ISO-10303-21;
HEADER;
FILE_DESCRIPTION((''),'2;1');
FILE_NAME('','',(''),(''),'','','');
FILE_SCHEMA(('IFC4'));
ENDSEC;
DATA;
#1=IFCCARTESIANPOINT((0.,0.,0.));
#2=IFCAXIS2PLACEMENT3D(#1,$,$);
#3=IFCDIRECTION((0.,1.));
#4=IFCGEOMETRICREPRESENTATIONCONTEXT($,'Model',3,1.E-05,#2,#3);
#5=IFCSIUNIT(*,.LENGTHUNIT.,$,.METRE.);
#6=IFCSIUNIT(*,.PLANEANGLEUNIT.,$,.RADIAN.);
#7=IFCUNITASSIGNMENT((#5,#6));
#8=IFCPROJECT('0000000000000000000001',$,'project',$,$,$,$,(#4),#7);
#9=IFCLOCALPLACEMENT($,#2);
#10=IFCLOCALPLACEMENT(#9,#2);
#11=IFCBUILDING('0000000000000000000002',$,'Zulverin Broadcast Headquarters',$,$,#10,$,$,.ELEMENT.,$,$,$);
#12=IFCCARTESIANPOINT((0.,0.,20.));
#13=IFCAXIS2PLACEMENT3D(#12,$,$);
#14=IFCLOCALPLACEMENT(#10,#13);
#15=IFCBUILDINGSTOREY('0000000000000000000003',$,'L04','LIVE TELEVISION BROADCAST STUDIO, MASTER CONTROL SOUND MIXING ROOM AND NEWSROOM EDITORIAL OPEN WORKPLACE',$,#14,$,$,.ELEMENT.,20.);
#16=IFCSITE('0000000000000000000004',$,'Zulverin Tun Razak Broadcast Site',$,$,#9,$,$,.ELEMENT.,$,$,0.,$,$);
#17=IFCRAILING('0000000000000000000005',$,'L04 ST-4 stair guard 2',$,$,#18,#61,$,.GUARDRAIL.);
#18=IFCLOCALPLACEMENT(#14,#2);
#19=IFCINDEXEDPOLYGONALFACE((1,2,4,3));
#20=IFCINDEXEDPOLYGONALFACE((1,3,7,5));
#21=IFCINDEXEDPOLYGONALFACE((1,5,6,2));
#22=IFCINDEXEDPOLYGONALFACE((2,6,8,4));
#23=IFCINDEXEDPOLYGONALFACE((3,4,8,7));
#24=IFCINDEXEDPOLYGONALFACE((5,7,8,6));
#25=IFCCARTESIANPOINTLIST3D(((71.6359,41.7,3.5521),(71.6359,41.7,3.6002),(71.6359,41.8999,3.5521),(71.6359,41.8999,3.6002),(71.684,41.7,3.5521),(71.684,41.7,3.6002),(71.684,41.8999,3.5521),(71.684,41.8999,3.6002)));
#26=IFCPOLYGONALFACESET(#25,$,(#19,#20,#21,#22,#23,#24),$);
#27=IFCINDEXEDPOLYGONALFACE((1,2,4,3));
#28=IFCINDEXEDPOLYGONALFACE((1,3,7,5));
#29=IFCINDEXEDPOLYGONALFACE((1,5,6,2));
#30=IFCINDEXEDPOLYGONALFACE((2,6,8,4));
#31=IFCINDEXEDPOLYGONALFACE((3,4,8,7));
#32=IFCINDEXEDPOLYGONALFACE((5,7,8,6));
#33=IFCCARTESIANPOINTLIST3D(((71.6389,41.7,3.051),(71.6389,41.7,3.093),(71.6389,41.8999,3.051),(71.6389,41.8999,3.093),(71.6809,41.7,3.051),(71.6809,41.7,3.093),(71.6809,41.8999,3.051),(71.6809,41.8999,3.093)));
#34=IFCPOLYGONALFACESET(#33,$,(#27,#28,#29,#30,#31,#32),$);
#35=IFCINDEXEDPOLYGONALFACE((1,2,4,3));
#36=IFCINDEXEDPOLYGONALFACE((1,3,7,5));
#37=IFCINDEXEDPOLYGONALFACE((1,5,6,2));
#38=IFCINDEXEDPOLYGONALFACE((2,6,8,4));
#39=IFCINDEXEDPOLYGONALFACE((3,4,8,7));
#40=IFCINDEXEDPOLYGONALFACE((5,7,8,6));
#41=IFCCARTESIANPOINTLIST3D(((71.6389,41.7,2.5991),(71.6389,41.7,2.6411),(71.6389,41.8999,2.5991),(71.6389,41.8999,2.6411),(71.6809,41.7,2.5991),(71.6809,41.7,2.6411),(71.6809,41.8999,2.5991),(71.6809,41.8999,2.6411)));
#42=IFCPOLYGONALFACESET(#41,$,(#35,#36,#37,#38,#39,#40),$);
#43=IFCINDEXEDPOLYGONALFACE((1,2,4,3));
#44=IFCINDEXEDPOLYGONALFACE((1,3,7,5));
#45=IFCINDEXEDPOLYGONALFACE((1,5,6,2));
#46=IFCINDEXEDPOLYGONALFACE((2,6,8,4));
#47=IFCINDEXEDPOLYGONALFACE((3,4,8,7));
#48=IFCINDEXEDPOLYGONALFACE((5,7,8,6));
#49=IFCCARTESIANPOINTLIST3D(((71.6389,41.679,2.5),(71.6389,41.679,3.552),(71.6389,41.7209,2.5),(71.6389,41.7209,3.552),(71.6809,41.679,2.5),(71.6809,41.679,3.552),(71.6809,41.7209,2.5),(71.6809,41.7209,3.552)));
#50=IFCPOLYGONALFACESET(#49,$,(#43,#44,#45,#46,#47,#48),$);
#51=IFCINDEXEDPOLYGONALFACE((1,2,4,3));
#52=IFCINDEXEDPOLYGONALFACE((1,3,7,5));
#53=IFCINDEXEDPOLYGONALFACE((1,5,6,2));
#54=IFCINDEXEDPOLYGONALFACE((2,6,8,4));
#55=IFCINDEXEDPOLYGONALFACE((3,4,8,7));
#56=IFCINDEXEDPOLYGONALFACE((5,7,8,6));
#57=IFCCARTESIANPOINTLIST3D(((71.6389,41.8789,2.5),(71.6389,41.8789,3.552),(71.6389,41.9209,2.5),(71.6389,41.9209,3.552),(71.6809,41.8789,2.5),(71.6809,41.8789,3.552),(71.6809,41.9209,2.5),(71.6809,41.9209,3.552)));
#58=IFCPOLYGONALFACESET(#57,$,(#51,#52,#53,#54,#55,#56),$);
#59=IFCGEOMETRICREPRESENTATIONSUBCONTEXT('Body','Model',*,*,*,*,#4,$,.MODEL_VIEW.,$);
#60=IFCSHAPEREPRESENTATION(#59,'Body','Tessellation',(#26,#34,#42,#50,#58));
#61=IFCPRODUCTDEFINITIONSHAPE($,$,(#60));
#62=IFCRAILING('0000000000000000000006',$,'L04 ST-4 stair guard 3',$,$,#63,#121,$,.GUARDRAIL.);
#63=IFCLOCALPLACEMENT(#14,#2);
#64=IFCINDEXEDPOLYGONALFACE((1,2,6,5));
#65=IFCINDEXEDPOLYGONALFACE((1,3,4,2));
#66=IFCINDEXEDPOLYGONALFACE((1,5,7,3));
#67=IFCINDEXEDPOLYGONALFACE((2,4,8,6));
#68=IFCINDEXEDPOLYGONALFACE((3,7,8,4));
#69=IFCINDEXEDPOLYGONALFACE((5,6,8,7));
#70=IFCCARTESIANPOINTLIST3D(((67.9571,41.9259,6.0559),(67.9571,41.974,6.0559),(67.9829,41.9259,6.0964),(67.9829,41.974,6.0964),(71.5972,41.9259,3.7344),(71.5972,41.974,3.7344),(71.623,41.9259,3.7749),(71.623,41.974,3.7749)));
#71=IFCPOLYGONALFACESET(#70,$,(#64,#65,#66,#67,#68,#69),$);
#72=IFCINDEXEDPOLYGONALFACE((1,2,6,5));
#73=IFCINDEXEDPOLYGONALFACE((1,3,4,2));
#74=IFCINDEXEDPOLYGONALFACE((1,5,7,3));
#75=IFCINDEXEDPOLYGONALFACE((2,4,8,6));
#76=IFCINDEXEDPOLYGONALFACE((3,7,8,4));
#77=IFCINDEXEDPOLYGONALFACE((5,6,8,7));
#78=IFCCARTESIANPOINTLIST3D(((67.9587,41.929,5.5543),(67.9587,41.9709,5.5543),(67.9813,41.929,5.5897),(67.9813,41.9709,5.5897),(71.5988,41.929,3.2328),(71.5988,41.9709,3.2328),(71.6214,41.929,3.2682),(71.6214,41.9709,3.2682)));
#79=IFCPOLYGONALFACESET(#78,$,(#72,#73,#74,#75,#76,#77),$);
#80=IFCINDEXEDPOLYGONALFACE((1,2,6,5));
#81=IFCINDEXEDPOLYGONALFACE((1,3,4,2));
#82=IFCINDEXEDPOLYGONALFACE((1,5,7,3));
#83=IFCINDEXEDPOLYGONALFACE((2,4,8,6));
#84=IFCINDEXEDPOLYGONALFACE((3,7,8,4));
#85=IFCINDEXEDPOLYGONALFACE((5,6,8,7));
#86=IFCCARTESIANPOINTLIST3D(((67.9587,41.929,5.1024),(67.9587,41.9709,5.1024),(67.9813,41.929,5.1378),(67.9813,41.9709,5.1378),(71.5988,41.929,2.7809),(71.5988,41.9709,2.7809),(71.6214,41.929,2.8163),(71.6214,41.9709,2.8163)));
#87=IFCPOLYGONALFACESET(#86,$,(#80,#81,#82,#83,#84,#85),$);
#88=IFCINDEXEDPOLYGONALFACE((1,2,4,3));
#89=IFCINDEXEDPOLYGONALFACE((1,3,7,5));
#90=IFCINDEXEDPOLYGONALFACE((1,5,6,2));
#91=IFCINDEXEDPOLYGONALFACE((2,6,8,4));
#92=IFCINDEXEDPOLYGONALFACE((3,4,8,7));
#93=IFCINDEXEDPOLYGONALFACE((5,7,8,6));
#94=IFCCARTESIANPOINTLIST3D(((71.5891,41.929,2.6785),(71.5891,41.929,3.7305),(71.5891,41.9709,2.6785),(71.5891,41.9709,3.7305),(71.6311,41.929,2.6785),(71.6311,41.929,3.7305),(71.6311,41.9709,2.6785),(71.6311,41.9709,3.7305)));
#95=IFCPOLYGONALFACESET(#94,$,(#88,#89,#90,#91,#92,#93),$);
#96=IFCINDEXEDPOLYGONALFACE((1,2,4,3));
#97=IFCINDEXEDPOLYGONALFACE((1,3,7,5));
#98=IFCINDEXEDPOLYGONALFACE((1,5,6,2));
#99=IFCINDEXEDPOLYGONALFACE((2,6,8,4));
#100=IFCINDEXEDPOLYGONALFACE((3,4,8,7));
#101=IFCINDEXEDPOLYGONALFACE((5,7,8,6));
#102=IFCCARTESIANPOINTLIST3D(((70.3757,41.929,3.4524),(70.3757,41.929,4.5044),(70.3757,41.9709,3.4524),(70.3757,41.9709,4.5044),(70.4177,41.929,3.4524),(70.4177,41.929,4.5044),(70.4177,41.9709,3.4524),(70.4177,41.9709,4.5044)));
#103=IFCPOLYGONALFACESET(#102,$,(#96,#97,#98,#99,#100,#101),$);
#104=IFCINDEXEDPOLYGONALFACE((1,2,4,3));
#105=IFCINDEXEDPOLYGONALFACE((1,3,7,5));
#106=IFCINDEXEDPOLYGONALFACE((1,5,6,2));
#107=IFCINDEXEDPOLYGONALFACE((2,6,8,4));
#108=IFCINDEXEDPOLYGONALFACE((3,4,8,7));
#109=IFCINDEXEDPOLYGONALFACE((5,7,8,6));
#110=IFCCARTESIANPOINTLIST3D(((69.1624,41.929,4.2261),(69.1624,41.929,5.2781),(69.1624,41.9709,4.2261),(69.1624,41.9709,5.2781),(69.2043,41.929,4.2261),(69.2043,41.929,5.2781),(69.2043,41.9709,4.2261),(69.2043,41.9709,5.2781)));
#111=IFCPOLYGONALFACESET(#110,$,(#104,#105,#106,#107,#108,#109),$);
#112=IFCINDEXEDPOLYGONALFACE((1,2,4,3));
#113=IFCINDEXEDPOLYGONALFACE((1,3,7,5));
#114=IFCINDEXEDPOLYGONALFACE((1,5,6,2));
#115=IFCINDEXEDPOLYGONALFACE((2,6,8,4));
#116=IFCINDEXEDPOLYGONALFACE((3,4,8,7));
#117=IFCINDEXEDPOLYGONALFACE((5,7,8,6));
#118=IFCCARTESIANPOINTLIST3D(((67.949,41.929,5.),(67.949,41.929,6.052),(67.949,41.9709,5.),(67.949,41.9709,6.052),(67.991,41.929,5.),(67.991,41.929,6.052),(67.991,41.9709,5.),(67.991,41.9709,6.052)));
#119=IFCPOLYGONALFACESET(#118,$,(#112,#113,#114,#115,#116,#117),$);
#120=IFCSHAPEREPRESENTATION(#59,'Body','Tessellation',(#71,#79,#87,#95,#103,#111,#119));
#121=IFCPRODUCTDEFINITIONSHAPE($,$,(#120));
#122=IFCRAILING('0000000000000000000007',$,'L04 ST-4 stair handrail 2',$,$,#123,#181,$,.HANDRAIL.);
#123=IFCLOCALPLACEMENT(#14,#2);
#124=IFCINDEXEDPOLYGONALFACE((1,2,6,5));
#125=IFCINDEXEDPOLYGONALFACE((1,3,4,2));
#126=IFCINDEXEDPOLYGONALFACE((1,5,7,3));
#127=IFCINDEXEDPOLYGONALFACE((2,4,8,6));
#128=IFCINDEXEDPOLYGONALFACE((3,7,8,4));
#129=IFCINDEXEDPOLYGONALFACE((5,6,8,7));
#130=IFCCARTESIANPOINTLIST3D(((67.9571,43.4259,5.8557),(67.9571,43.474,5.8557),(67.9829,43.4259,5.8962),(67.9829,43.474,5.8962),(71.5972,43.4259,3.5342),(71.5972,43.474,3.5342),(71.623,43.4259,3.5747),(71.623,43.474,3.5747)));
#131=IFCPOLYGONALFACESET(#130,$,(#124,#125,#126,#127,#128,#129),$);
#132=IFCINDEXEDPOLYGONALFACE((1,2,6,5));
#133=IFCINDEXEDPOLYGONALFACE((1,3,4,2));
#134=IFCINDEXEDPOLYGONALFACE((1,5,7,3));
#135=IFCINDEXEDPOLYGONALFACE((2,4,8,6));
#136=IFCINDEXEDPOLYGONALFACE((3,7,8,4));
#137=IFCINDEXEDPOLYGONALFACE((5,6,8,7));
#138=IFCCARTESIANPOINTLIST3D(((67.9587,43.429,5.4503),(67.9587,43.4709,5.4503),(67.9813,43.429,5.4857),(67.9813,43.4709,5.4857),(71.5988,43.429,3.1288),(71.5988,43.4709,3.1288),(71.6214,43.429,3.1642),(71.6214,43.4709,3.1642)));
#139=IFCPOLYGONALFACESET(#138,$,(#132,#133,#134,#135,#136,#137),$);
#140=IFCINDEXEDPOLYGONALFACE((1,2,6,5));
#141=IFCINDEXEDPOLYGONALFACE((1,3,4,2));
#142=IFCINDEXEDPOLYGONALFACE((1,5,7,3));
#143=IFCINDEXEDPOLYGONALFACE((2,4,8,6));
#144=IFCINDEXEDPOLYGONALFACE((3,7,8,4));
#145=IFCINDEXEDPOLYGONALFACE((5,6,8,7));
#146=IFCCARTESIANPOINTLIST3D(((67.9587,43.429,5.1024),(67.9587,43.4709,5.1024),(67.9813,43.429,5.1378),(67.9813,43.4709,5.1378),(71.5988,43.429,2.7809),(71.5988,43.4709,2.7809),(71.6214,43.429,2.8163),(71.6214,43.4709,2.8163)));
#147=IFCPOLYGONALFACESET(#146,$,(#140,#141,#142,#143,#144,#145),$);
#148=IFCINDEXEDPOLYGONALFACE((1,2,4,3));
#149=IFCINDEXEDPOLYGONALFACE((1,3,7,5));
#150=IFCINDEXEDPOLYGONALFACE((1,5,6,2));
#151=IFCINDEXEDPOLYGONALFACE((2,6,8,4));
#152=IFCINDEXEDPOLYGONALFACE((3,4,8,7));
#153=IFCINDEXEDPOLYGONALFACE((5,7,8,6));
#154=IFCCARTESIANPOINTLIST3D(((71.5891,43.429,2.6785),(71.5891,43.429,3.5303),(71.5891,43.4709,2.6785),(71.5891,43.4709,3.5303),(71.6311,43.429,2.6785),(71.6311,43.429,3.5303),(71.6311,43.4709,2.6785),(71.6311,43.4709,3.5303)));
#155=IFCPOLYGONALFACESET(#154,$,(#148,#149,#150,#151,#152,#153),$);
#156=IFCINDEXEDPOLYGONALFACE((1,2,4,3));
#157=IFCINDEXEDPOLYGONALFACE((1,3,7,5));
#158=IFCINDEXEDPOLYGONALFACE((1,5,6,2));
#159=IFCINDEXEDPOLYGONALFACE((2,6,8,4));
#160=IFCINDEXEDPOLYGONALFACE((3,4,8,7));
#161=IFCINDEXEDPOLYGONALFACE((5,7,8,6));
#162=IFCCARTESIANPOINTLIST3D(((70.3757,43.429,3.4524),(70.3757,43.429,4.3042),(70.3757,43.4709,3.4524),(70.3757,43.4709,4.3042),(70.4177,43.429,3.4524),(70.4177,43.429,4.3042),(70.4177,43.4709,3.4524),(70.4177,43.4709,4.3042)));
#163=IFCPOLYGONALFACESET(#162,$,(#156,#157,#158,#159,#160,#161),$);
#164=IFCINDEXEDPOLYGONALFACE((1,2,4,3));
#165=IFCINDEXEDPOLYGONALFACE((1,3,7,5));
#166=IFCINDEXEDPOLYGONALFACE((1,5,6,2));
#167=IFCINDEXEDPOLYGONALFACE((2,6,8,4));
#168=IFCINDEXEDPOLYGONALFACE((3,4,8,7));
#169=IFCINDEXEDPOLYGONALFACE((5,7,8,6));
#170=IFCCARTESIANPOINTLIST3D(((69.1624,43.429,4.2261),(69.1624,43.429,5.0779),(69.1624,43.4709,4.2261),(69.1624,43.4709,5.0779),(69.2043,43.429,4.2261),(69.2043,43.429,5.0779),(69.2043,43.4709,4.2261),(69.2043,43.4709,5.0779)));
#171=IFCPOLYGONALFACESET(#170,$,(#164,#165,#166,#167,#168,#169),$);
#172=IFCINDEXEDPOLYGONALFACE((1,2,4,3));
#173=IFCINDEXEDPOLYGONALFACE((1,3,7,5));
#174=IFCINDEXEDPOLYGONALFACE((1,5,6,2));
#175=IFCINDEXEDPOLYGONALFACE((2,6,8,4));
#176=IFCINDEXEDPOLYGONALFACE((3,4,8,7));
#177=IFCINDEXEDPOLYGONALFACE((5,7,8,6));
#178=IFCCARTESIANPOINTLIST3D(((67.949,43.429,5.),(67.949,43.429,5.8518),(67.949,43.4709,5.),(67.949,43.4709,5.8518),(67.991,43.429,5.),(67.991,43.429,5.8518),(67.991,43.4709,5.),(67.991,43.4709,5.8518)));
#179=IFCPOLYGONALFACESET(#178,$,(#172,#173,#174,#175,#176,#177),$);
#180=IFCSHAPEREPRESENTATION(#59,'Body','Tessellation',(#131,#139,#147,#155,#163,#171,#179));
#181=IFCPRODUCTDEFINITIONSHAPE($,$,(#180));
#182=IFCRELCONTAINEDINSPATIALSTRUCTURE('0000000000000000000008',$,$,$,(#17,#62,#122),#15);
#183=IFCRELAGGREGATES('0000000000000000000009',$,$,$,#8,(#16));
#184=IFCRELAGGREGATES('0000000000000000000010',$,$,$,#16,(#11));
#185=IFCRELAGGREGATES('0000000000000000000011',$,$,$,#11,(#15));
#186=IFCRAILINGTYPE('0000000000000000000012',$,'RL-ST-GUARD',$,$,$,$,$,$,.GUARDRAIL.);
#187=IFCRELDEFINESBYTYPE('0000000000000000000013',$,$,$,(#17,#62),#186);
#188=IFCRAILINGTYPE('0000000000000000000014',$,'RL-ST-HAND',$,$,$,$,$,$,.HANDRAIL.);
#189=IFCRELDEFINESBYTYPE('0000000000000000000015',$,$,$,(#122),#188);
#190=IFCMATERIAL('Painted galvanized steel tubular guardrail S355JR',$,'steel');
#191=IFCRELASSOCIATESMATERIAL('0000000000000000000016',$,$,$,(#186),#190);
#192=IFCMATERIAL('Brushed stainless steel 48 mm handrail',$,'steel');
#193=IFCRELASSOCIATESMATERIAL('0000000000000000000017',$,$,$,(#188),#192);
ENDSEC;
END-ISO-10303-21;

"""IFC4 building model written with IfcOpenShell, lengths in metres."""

from ifc_helpers import new_model, si_unit, direction, frame, origin, origin_2d, place, context, subcontext, project, spatial, rectangle, extrude, material, type_object, element, save


model = new_model("IFC4")

# Units and contexts
model_context = context("Model", 3, precision=1e-05, world=origin(), true_north=direction((0.0, 1.0)))
body_context = subcontext(model_context, "Body", "Model", "MODEL_VIEW")
ifc_project = project(units=[si_unit("LENGTHUNIT", "METRE"), si_unit("PLANEANGLEUNIT", "RADIAN")], contexts=[model_context])

# Site, building, storey
site_placement = place(None, origin())
site = spatial("IfcSite", under=ifc_project, at=site_placement, Name="Zulverin Tun Razak Broadcast Site", CompositionType="ELEMENT", RefElevation=0.0)
building_placement = place(site_placement, origin())
building = spatial("IfcBuilding", under=site, at=building_placement, Name="Zulverin Broadcast Headquarters", CompositionType="ELEMENT")
storey_placement = place(building_placement, frame((0.0, 0.0, 20.0)))
storey = spatial("IfcBuildingStorey", under=building, at=storey_placement, Name="L04", Description="LIVE TELEVISION BROADCAST STUDIO, MASTER CONTROL SOUND MIXING ROOM AND NEWSROOM EDITORIAL OPEN WORKPLACE", CompositionType="ELEMENT", Elevation=20.0)

# Railings
ifc_material_1 = material(Name="Painted galvanized steel tubular guardrail S355JR", Category="steel")
railing_type_1 = type_object("IfcRailingType", Name="RL-ST-GUARD", PredefinedType="GUARDRAIL", material=ifc_material_1)
railing_1_placement = place(storey_placement, frame((71.6599, 41.7, 2.5)))
element("IfcRailing", 1, at=railing_1_placement, inside=storey, type_object=railing_type_1, Name="L04 ST-4 stair guard 2", PredefinedType="GUARDRAIL", context=body_context, shape_type="SweptSolid", body=[
    extrude(rectangle(XDim=0.0481, YDim=0.0481, at=origin_2d()), frame((0.0, 0.0, 1.0762), z_axis=(0.0, 1.0, 0.0), x_axis=(-1.0, 0.0, 0.0)), (0.0, 0.0, 1.0), 0.2),
    extrude(rectangle(XDim=0.042, YDim=0.042, at=origin_2d()), frame((0.0, 0.0, 0.572), z_axis=(0.0, 1.0, 0.0), x_axis=(-1.0, 0.0, 0.0)), (0.0, 0.0, 1.0), 0.2),
    extrude(rectangle(XDim=0.042, YDim=0.042, at=origin_2d()), frame((0.0, 0.0, 0.1201), z_axis=(0.0, 1.0, 0.0), x_axis=(-1.0, 0.0, 0.0)), (0.0, 0.0, 1.0), 0.2),
    extrude(rectangle(XDim=0.042, YDim=0.042, at=origin_2d()), origin(), (0.0, 0.0, 1.0), 1.052),
    extrude(rectangle(XDim=0.042, YDim=0.042, at=origin_2d()), frame((0.0, 0.2, 0.0)), (0.0, 0.0, 1.0), 1.052),
])
railing_2_placement = place(storey_placement, frame((71.6101, 41.95, 2.6785)))
element("IfcRailing", 2, at=railing_2_placement, inside=storey, type_object=railing_type_1, Name="L04 ST-4 stair guard 3", PredefinedType="GUARDRAIL", context=body_context, shape_type="SweptSolid", body=[
    extrude(rectangle(XDim=0.0481, YDim=0.0481, at=origin_2d()), frame((0.0, 0.0, 1.0762), z_axis=(-0.843128, 0.0, 0.537713), x_axis=(0.0, -1.0, 0.0)), (0.0, 0.0, 1.0), 4.3174),
    extrude(rectangle(XDim=0.042, YDim=0.042, at=origin_2d()), frame((0.0, 0.0, 0.572), z_axis=(-0.843128, 0.0, 0.537713), x_axis=(0.0, -1.0, 0.0)), (0.0, 0.0, 1.0), 4.3174),
    extrude(rectangle(XDim=0.042, YDim=0.042, at=origin_2d()), frame((0.0, 0.0, 0.1201), z_axis=(-0.843128, 0.0, 0.537713), x_axis=(0.0, -1.0, 0.0)), (0.0, 0.0, 1.0), 4.3174),
    extrude(rectangle(XDim=0.042, YDim=0.042, at=origin_2d()), origin(), (0.0, 0.0, 1.0), 1.052),
    extrude(rectangle(XDim=0.042, YDim=0.042, at=origin_2d()), frame((-1.2134, 0.0, 0.7739)), (0.0, 0.0, 1.0), 1.052),
    extrude(rectangle(XDim=0.042, YDim=0.042, at=origin_2d()), frame((-2.4268, 0.0, 1.5476)), (0.0, 0.0, 1.0), 1.052),
    extrude(rectangle(XDim=0.042, YDim=0.042, at=origin_2d()), frame((-3.6401, 0.0, 2.3215)), (0.0, 0.0, 1.0), 1.052),
])
ifc_material_2 = material(Name="Brushed stainless steel 48 mm handrail", Category="steel")
railing_type_2 = type_object("IfcRailingType", Name="RL-ST-HAND", PredefinedType="HANDRAIL", material=ifc_material_2)
railing_3_placement = place(storey_placement, frame((71.6101, 43.45, 2.6785)))
element("IfcRailing", 3, at=railing_3_placement, inside=storey, type_object=railing_type_2, Name="L04 ST-4 stair handrail 2", PredefinedType="HANDRAIL", context=body_context, shape_type="SweptSolid", body=[
    extrude(rectangle(XDim=0.0481, YDim=0.0481, at=origin_2d()), frame((0.0, 0.0, 0.876), z_axis=(-0.843128, 0.0, 0.537713), x_axis=(0.0, -1.0, 0.0)), (0.0, 0.0, 1.0), 4.3174),
    extrude(rectangle(XDim=0.042, YDim=0.042, at=origin_2d()), frame((0.0, 0.0, 0.468), z_axis=(-0.843128, 0.0, 0.537713), x_axis=(0.0, -1.0, 0.0)), (0.0, 0.0, 1.0), 4.3174),
    extrude(rectangle(XDim=0.042, YDim=0.042, at=origin_2d()), frame((0.0, 0.0, 0.1201), z_axis=(-0.843128, 0.0, 0.537713), x_axis=(0.0, -1.0, 0.0)), (0.0, 0.0, 1.0), 4.3174),
    extrude(rectangle(XDim=0.042, YDim=0.042, at=origin_2d()), origin(), (0.0, 0.0, 1.0), 0.8518),
    extrude(rectangle(XDim=0.042, YDim=0.042, at=origin_2d()), frame((-1.2134, 0.0, 0.7739)), (0.0, 0.0, 1.0), 0.8518),
    extrude(rectangle(XDim=0.042, YDim=0.042, at=origin_2d()), frame((-2.4268, 0.0, 1.5476)), (0.0, 0.0, 1.0), 0.8518),
    extrude(rectangle(XDim=0.042, YDim=0.042, at=origin_2d()), frame((-3.6401, 0.0, 2.3215)), (0.0, 0.0, 1.0), 0.8518),
])

save(model, "model.ifc")
